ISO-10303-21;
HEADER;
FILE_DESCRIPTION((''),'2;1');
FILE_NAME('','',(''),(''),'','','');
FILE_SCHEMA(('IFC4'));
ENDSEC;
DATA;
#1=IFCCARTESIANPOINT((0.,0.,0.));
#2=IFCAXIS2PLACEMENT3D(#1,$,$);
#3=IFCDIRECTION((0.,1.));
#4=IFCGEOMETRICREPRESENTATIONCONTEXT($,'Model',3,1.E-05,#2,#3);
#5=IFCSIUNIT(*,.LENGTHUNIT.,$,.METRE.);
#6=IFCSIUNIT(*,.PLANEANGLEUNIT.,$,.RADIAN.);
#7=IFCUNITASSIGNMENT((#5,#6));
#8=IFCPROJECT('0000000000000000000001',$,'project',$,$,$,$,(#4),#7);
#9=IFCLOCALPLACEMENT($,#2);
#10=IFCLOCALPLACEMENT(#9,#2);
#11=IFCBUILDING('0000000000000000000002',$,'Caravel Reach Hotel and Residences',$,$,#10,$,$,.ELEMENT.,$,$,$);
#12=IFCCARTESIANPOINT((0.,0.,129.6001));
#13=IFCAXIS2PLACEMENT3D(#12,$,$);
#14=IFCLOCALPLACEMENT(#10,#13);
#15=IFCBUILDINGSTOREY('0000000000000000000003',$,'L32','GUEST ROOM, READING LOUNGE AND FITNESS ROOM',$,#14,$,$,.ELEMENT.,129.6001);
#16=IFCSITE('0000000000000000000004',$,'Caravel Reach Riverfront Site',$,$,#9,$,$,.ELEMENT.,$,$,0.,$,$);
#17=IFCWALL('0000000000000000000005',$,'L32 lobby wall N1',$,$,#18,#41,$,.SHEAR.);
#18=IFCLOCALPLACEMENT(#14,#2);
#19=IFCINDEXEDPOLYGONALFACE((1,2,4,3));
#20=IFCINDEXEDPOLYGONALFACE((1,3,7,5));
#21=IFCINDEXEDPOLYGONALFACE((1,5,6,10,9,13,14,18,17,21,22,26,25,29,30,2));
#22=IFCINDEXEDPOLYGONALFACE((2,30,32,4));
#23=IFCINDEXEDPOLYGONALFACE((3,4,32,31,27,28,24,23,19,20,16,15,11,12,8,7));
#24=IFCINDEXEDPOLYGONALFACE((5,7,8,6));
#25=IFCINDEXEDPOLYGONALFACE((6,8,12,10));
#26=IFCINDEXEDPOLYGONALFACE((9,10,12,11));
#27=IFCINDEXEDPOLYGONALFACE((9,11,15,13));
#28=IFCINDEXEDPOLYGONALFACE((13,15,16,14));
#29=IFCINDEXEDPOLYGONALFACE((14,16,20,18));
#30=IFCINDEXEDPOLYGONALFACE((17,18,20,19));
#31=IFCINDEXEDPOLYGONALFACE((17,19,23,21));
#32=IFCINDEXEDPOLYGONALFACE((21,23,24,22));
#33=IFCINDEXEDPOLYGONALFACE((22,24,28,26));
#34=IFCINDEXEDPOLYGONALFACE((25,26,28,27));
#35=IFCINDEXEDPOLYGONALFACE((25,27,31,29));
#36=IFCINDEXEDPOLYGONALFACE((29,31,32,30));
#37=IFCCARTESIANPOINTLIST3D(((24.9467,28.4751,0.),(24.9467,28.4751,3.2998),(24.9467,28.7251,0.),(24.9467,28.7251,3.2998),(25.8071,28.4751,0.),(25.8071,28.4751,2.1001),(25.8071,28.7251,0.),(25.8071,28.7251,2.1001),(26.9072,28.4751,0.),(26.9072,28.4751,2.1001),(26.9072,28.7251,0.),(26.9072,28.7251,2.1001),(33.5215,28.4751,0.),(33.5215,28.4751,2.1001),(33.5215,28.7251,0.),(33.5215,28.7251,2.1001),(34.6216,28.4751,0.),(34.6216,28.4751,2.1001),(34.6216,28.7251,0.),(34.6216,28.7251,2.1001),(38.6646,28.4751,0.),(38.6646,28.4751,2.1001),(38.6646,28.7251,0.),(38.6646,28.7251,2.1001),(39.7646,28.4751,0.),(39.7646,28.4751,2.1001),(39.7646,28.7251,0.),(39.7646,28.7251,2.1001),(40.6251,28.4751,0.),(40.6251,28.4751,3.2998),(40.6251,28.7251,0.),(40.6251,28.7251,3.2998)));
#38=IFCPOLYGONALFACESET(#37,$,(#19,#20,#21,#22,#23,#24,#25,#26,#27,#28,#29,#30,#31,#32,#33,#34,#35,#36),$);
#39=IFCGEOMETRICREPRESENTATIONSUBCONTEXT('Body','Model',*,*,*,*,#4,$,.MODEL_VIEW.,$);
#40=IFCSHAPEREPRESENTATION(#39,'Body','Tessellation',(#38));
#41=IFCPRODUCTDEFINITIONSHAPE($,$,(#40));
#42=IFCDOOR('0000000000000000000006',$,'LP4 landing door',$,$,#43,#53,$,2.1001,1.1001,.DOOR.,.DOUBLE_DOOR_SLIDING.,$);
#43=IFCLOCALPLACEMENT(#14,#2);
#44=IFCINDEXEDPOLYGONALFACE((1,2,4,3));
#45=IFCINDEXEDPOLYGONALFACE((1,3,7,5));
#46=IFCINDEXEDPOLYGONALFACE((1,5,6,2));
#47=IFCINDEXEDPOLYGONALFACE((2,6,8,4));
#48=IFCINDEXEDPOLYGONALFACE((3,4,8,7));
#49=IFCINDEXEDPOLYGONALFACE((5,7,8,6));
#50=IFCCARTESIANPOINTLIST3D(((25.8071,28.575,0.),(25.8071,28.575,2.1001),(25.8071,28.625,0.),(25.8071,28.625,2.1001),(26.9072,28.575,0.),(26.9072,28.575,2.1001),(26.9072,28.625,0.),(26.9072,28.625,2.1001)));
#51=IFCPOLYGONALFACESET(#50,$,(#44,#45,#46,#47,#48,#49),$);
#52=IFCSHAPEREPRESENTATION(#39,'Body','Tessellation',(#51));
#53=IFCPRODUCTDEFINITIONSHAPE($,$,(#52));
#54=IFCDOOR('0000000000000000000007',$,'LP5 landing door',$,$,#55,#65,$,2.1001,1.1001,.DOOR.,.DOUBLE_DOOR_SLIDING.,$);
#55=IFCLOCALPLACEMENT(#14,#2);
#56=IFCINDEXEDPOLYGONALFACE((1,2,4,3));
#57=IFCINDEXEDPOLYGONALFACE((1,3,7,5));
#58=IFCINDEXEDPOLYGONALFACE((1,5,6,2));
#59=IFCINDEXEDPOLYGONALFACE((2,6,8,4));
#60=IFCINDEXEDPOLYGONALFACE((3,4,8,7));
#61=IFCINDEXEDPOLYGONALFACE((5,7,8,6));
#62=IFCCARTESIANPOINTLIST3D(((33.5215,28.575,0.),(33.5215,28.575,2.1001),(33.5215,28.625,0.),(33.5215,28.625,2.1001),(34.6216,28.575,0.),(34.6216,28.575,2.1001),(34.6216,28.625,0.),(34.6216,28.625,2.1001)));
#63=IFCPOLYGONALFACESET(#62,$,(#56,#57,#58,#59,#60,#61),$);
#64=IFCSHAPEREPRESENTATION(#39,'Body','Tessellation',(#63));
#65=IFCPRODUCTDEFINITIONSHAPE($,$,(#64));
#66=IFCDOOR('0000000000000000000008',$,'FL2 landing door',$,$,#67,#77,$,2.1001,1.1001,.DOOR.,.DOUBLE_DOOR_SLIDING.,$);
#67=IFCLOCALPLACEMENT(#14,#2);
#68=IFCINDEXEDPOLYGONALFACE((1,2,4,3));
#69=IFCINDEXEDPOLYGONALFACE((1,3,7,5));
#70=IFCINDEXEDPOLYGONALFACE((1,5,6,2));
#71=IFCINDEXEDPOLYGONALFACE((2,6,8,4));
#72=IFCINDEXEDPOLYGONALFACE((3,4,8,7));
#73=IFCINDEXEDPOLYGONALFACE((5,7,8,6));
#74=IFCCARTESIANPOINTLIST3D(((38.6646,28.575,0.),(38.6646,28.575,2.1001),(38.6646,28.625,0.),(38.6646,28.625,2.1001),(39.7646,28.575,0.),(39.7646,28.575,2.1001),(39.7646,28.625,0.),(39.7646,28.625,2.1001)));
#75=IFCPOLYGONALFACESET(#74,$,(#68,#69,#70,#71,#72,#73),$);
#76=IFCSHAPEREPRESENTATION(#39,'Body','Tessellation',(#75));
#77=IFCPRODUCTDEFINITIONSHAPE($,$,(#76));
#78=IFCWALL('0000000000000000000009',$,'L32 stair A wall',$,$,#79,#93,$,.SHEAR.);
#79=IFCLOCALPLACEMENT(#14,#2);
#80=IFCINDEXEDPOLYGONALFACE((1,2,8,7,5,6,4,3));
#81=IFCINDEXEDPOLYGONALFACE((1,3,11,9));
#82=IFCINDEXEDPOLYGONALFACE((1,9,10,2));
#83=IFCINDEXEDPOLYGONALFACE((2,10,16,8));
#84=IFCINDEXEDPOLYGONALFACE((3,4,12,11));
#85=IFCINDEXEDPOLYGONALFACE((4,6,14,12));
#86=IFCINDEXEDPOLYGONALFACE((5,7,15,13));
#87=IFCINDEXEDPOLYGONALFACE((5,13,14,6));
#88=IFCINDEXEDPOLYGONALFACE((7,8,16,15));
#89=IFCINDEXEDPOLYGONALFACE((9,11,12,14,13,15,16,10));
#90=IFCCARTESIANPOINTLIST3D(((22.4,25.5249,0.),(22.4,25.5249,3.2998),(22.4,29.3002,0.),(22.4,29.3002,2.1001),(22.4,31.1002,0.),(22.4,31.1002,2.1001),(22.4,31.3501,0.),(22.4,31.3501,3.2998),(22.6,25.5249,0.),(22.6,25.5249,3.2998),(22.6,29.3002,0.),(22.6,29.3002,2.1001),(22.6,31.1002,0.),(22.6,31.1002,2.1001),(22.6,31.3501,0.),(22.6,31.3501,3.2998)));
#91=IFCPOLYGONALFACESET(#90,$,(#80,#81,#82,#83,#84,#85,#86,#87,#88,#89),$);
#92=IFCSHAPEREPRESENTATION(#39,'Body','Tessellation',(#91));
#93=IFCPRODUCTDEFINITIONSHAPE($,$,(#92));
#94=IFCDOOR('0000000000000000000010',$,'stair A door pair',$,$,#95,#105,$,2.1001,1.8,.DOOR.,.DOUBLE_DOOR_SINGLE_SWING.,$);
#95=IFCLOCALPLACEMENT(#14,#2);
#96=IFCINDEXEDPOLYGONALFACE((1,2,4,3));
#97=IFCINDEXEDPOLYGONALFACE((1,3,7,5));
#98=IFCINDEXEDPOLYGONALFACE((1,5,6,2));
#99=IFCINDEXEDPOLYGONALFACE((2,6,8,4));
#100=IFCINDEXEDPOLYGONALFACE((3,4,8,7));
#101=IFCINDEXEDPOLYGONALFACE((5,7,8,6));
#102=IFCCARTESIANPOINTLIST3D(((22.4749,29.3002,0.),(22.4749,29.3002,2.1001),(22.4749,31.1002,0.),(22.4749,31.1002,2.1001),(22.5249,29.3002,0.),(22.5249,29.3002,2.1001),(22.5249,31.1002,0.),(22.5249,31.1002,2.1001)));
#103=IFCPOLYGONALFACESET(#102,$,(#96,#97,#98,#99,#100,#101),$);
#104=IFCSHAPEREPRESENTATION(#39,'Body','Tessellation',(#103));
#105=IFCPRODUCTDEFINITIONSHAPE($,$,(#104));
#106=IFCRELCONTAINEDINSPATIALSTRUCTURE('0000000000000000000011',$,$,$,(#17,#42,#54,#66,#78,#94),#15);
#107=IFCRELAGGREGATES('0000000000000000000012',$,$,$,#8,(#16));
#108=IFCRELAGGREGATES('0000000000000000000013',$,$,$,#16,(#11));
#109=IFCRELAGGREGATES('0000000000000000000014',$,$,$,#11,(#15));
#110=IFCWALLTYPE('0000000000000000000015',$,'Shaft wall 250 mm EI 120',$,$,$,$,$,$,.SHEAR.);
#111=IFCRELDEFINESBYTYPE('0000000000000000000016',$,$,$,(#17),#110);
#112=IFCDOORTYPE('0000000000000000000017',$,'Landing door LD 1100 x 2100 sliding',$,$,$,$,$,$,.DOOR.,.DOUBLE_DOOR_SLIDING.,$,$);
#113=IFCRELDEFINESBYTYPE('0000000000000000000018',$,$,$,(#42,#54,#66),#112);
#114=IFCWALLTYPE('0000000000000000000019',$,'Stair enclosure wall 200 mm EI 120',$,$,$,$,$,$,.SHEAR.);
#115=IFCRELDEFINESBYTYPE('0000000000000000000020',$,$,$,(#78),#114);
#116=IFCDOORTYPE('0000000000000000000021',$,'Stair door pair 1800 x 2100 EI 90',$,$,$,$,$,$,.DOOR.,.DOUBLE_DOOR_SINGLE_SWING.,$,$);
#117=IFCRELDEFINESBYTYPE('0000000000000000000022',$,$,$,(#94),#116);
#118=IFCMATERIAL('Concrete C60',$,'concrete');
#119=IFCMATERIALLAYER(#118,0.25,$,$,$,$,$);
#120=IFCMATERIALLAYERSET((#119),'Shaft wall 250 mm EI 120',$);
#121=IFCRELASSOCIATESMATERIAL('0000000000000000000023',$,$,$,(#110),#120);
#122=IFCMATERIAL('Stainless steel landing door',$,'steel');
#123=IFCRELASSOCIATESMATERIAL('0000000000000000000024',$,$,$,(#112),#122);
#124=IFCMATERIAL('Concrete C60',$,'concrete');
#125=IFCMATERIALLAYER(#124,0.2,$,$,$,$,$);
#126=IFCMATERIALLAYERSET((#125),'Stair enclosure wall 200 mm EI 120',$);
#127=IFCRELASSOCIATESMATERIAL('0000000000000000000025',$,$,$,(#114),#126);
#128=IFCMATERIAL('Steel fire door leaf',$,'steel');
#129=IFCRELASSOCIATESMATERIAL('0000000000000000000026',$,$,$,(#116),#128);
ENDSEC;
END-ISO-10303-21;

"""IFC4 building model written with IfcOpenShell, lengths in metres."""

from ifc_helpers import new_model, si_unit, direction, frame, frame_2d, origin, place, context, subcontext, project, spatial, rectangle, extrude, material, layer, layer_set, type_object, element, fill, save


model = new_model("IFC4")

# Units and contexts
model_context = context("Model", 3, precision=1e-05, world=origin(), true_north=direction((0.0, 1.0)))
body_context = subcontext(model_context, "Body", "Model", "MODEL_VIEW")
ifc_project = project(units=[si_unit("LENGTHUNIT", "METRE"), si_unit("PLANEANGLEUNIT", "RADIAN")], contexts=[model_context])

# Site, building, storey
site_placement = place(None, origin())
site = spatial("IfcSite", under=ifc_project, at=site_placement, Name="Caravel Reach Riverfront Site", CompositionType="ELEMENT", RefElevation=0.0)
building_placement = place(site_placement, origin())
building = spatial("IfcBuilding", under=site, at=building_placement, Name="Caravel Reach Hotel and Residences", CompositionType="ELEMENT")
storey_placement = place(building_placement, frame((0.0, 0.0, 129.6001)))
storey = spatial("IfcBuildingStorey", under=building, at=storey_placement, Name="L32", Description="GUEST ROOM, READING LOUNGE AND FITNESS ROOM", CompositionType="ELEMENT", Elevation=129.6001)

# Wall, openings, doors
ifc_material_1 = material(Name="Concrete C60", Category="concrete")
ifc_layer_1 = layer(ifc_material_1, 0.25)
ifc_layer_set_1 = layer_set([ifc_layer_1], Name="Shaft wall 250 mm EI 120")
wall_type_1 = type_object("IfcWallType", Name="Shaft wall 250 mm EI 120", PredefinedType="SHEAR", material=ifc_layer_set_1)
wall_1_placement = place(storey_placement, frame((24.9465, 28.6001, 0.0), z_axis=(0.0, 0.0, 1.0), x_axis=(1.0, 0.0, 0.0)))
wall_1 = element("IfcWall", 1, at=wall_1_placement, inside=storey, type_object=wall_type_1, Name="L32 lobby wall N1", PredefinedType="SHEAR", context=body_context, shape_type="SweptSolid", body=[
    extrude(rectangle(XDim=15.6785, YDim=0.25, at=frame_2d((7.8394, 0.0))), origin(), (0.0, 0.0, 1.0), 3.2998),
])
opening_1_placement = place(wall_1_placement, frame((0.8606, 0.0, 0.0)))
opening_1 = element("IfcOpeningElement", 2, at=opening_1_placement, cuts=wall_1, PredefinedType="OPENING", context=body_context, shape_type="SweptSolid", body=[
    extrude(rectangle(XDim=1.1001, YDim=2.1001, at=frame_2d((0.55, 1.05))), frame((0.0, 0.135, 0.0), z_axis=(0.0, -1.0, 0.0), x_axis=(1.0, 0.0, 0.0)), (0.0, 0.0, 1.0), 0.27),
])
opening_2_placement = place(wall_1_placement, frame((8.575, 0.0, 0.0)))
opening_2 = element("IfcOpeningElement", 3, at=opening_2_placement, cuts=wall_1, PredefinedType="OPENING", context=body_context, shape_type="SweptSolid", body=[
    extrude(rectangle(XDim=1.1001, YDim=2.1001, at=frame_2d((0.55, 1.05))), frame((0.0, 0.135, 0.0), z_axis=(0.0, -1.0, 0.0), x_axis=(1.0, 0.0, 0.0)), (0.0, 0.0, 1.0), 0.27),
])
opening_3_placement = place(wall_1_placement, frame((13.718, 0.0, 0.0)))
opening_3 = element("IfcOpeningElement", 4, at=opening_3_placement, cuts=wall_1, PredefinedType="OPENING", context=body_context, shape_type="SweptSolid", body=[
    extrude(rectangle(XDim=1.1001, YDim=2.1001, at=frame_2d((0.55, 1.05))), frame((0.0, 0.135, 0.0), z_axis=(0.0, -1.0, 0.0), x_axis=(1.0, 0.0, 0.0)), (0.0, 0.0, 1.0), 0.27),
])
ifc_material_2 = material(Name="Stainless steel landing door", Category="steel")
door_type_1 = type_object("IfcDoorType", Name="Landing door LD 1100 x 2100 sliding", OperationType="DOUBLE_DOOR_SLIDING", PredefinedType="DOOR", material=ifc_material_2)
door_1_placement = place(opening_1_placement, origin())
door_1 = element("IfcDoor", 5, at=door_1_placement, inside=storey, type_object=door_type_1, Name="LP4 landing door", OperationType="DOUBLE_DOOR_SLIDING", OverallHeight=2.1001, OverallWidth=1.1001, PredefinedType="DOOR", context=body_context, shape_type="SweptSolid", body=[
    extrude(rectangle(XDim=1.1001, YDim=2.1001, at=frame_2d((0.55, 1.05))), frame((0.0, 0.0249, 0.0), z_axis=(0.0, -1.0, 0.0), x_axis=(1.0, 0.0, 0.0)), (0.0, 0.0, 1.0), 0.05),
])
fill(opening_1, door_1)
door_2_placement = place(opening_2_placement, origin())
door_2 = element("IfcDoor", 6, at=door_2_placement, inside=storey, type_object=door_type_1, Name="LP5 landing door", OperationType="DOUBLE_DOOR_SLIDING", OverallHeight=2.1001, OverallWidth=1.1001, PredefinedType="DOOR", context=body_context, shape_type="SweptSolid", body=[
    extrude(rectangle(XDim=1.1001, YDim=2.1001, at=frame_2d((0.55, 1.05))), frame((0.0, 0.0249, 0.0), z_axis=(0.0, -1.0, 0.0), x_axis=(1.0, 0.0, 0.0)), (0.0, 0.0, 1.0), 0.05),
])
fill(opening_2, door_2)
door_3_placement = place(opening_3_placement, origin())
door_3 = element("IfcDoor", 7, at=door_3_placement, inside=storey, type_object=door_type_1, Name="FL2 landing door", OperationType="DOUBLE_DOOR_SLIDING", OverallHeight=2.1001, OverallWidth=1.1001, PredefinedType="DOOR", context=body_context, shape_type="SweptSolid", body=[
    extrude(rectangle(XDim=1.1001, YDim=2.1001, at=frame_2d((0.55, 1.05))), frame((0.0, 0.0249, 0.0), z_axis=(0.0, -1.0, 0.0), x_axis=(1.0, 0.0, 0.0)), (0.0, 0.0, 1.0), 0.05),
])
fill(opening_3, door_3)

# Wall, opening, door
ifc_material_3 = material(Name="Concrete C60", Category="concrete")
ifc_layer_2 = layer(ifc_material_3, 0.2)
ifc_layer_set_2 = layer_set([ifc_layer_2], Name="Stair enclosure wall 200 mm EI 120")
wall_type_2 = type_object("IfcWallType", Name="Stair enclosure wall 200 mm EI 120", PredefinedType="SHEAR", material=ifc_layer_set_2)
wall_2_placement = place(storey_placement, frame((22.5, 31.3501, 0.0), z_axis=(0.0, 0.0, 1.0), x_axis=(0.0, -1.0, 0.0)))
wall_2 = element("IfcWall", 8, at=wall_2_placement, inside=storey, type_object=wall_type_2, Name="L32 stair A wall", PredefinedType="SHEAR", context=body_context, shape_type="SweptSolid", body=[
    extrude(rectangle(XDim=5.8252, YDim=0.2, at=frame_2d((2.9126, 0.0))), origin(), (0.0, 0.0, 1.0), 3.2998),
])
opening_4_placement = place(wall_2_placement, frame((0.25, 0.0, 0.0)))
opening_4 = element("IfcOpeningElement", 9, at=opening_4_placement, cuts=wall_2, PredefinedType="OPENING", context=body_context, shape_type="SweptSolid", body=[
    extrude(rectangle(XDim=1.8, YDim=2.1001, at=frame_2d((0.8999, 1.05))), frame((0.0, 0.1099, 0.0), z_axis=(0.0, -1.0, 0.0), x_axis=(1.0, 0.0, 0.0)), (0.0, 0.0, 1.0), 0.22),
])
ifc_material_4 = material(Name="Steel fire door leaf", Category="steel")
door_type_2 = type_object("IfcDoorType", Name="Stair door pair 1800 x 2100 EI 90", OperationType="DOUBLE_DOOR_SINGLE_SWING", PredefinedType="DOOR", material=ifc_material_4)
door_4_placement = place(opening_4_placement, origin())
door_4 = element("IfcDoor", 10, at=door_4_placement, inside=storey, type_object=door_type_2, Name="stair A door pair", OperationType="DOUBLE_DOOR_SINGLE_SWING", OverallHeight=2.1001, OverallWidth=1.8, PredefinedType="DOOR", context=body_context, shape_type="SweptSolid", body=[
    extrude(rectangle(XDim=1.8, YDim=2.1001, at=frame_2d((0.8999, 1.05))), frame((0.0, 0.0249, 0.0), z_axis=(0.0, -1.0, 0.0), x_axis=(1.0, 0.0, 0.0)), (0.0, 0.0, 1.0), 0.05),
])
fill(opening_4, door_4)

save(model, "model.ifc")
